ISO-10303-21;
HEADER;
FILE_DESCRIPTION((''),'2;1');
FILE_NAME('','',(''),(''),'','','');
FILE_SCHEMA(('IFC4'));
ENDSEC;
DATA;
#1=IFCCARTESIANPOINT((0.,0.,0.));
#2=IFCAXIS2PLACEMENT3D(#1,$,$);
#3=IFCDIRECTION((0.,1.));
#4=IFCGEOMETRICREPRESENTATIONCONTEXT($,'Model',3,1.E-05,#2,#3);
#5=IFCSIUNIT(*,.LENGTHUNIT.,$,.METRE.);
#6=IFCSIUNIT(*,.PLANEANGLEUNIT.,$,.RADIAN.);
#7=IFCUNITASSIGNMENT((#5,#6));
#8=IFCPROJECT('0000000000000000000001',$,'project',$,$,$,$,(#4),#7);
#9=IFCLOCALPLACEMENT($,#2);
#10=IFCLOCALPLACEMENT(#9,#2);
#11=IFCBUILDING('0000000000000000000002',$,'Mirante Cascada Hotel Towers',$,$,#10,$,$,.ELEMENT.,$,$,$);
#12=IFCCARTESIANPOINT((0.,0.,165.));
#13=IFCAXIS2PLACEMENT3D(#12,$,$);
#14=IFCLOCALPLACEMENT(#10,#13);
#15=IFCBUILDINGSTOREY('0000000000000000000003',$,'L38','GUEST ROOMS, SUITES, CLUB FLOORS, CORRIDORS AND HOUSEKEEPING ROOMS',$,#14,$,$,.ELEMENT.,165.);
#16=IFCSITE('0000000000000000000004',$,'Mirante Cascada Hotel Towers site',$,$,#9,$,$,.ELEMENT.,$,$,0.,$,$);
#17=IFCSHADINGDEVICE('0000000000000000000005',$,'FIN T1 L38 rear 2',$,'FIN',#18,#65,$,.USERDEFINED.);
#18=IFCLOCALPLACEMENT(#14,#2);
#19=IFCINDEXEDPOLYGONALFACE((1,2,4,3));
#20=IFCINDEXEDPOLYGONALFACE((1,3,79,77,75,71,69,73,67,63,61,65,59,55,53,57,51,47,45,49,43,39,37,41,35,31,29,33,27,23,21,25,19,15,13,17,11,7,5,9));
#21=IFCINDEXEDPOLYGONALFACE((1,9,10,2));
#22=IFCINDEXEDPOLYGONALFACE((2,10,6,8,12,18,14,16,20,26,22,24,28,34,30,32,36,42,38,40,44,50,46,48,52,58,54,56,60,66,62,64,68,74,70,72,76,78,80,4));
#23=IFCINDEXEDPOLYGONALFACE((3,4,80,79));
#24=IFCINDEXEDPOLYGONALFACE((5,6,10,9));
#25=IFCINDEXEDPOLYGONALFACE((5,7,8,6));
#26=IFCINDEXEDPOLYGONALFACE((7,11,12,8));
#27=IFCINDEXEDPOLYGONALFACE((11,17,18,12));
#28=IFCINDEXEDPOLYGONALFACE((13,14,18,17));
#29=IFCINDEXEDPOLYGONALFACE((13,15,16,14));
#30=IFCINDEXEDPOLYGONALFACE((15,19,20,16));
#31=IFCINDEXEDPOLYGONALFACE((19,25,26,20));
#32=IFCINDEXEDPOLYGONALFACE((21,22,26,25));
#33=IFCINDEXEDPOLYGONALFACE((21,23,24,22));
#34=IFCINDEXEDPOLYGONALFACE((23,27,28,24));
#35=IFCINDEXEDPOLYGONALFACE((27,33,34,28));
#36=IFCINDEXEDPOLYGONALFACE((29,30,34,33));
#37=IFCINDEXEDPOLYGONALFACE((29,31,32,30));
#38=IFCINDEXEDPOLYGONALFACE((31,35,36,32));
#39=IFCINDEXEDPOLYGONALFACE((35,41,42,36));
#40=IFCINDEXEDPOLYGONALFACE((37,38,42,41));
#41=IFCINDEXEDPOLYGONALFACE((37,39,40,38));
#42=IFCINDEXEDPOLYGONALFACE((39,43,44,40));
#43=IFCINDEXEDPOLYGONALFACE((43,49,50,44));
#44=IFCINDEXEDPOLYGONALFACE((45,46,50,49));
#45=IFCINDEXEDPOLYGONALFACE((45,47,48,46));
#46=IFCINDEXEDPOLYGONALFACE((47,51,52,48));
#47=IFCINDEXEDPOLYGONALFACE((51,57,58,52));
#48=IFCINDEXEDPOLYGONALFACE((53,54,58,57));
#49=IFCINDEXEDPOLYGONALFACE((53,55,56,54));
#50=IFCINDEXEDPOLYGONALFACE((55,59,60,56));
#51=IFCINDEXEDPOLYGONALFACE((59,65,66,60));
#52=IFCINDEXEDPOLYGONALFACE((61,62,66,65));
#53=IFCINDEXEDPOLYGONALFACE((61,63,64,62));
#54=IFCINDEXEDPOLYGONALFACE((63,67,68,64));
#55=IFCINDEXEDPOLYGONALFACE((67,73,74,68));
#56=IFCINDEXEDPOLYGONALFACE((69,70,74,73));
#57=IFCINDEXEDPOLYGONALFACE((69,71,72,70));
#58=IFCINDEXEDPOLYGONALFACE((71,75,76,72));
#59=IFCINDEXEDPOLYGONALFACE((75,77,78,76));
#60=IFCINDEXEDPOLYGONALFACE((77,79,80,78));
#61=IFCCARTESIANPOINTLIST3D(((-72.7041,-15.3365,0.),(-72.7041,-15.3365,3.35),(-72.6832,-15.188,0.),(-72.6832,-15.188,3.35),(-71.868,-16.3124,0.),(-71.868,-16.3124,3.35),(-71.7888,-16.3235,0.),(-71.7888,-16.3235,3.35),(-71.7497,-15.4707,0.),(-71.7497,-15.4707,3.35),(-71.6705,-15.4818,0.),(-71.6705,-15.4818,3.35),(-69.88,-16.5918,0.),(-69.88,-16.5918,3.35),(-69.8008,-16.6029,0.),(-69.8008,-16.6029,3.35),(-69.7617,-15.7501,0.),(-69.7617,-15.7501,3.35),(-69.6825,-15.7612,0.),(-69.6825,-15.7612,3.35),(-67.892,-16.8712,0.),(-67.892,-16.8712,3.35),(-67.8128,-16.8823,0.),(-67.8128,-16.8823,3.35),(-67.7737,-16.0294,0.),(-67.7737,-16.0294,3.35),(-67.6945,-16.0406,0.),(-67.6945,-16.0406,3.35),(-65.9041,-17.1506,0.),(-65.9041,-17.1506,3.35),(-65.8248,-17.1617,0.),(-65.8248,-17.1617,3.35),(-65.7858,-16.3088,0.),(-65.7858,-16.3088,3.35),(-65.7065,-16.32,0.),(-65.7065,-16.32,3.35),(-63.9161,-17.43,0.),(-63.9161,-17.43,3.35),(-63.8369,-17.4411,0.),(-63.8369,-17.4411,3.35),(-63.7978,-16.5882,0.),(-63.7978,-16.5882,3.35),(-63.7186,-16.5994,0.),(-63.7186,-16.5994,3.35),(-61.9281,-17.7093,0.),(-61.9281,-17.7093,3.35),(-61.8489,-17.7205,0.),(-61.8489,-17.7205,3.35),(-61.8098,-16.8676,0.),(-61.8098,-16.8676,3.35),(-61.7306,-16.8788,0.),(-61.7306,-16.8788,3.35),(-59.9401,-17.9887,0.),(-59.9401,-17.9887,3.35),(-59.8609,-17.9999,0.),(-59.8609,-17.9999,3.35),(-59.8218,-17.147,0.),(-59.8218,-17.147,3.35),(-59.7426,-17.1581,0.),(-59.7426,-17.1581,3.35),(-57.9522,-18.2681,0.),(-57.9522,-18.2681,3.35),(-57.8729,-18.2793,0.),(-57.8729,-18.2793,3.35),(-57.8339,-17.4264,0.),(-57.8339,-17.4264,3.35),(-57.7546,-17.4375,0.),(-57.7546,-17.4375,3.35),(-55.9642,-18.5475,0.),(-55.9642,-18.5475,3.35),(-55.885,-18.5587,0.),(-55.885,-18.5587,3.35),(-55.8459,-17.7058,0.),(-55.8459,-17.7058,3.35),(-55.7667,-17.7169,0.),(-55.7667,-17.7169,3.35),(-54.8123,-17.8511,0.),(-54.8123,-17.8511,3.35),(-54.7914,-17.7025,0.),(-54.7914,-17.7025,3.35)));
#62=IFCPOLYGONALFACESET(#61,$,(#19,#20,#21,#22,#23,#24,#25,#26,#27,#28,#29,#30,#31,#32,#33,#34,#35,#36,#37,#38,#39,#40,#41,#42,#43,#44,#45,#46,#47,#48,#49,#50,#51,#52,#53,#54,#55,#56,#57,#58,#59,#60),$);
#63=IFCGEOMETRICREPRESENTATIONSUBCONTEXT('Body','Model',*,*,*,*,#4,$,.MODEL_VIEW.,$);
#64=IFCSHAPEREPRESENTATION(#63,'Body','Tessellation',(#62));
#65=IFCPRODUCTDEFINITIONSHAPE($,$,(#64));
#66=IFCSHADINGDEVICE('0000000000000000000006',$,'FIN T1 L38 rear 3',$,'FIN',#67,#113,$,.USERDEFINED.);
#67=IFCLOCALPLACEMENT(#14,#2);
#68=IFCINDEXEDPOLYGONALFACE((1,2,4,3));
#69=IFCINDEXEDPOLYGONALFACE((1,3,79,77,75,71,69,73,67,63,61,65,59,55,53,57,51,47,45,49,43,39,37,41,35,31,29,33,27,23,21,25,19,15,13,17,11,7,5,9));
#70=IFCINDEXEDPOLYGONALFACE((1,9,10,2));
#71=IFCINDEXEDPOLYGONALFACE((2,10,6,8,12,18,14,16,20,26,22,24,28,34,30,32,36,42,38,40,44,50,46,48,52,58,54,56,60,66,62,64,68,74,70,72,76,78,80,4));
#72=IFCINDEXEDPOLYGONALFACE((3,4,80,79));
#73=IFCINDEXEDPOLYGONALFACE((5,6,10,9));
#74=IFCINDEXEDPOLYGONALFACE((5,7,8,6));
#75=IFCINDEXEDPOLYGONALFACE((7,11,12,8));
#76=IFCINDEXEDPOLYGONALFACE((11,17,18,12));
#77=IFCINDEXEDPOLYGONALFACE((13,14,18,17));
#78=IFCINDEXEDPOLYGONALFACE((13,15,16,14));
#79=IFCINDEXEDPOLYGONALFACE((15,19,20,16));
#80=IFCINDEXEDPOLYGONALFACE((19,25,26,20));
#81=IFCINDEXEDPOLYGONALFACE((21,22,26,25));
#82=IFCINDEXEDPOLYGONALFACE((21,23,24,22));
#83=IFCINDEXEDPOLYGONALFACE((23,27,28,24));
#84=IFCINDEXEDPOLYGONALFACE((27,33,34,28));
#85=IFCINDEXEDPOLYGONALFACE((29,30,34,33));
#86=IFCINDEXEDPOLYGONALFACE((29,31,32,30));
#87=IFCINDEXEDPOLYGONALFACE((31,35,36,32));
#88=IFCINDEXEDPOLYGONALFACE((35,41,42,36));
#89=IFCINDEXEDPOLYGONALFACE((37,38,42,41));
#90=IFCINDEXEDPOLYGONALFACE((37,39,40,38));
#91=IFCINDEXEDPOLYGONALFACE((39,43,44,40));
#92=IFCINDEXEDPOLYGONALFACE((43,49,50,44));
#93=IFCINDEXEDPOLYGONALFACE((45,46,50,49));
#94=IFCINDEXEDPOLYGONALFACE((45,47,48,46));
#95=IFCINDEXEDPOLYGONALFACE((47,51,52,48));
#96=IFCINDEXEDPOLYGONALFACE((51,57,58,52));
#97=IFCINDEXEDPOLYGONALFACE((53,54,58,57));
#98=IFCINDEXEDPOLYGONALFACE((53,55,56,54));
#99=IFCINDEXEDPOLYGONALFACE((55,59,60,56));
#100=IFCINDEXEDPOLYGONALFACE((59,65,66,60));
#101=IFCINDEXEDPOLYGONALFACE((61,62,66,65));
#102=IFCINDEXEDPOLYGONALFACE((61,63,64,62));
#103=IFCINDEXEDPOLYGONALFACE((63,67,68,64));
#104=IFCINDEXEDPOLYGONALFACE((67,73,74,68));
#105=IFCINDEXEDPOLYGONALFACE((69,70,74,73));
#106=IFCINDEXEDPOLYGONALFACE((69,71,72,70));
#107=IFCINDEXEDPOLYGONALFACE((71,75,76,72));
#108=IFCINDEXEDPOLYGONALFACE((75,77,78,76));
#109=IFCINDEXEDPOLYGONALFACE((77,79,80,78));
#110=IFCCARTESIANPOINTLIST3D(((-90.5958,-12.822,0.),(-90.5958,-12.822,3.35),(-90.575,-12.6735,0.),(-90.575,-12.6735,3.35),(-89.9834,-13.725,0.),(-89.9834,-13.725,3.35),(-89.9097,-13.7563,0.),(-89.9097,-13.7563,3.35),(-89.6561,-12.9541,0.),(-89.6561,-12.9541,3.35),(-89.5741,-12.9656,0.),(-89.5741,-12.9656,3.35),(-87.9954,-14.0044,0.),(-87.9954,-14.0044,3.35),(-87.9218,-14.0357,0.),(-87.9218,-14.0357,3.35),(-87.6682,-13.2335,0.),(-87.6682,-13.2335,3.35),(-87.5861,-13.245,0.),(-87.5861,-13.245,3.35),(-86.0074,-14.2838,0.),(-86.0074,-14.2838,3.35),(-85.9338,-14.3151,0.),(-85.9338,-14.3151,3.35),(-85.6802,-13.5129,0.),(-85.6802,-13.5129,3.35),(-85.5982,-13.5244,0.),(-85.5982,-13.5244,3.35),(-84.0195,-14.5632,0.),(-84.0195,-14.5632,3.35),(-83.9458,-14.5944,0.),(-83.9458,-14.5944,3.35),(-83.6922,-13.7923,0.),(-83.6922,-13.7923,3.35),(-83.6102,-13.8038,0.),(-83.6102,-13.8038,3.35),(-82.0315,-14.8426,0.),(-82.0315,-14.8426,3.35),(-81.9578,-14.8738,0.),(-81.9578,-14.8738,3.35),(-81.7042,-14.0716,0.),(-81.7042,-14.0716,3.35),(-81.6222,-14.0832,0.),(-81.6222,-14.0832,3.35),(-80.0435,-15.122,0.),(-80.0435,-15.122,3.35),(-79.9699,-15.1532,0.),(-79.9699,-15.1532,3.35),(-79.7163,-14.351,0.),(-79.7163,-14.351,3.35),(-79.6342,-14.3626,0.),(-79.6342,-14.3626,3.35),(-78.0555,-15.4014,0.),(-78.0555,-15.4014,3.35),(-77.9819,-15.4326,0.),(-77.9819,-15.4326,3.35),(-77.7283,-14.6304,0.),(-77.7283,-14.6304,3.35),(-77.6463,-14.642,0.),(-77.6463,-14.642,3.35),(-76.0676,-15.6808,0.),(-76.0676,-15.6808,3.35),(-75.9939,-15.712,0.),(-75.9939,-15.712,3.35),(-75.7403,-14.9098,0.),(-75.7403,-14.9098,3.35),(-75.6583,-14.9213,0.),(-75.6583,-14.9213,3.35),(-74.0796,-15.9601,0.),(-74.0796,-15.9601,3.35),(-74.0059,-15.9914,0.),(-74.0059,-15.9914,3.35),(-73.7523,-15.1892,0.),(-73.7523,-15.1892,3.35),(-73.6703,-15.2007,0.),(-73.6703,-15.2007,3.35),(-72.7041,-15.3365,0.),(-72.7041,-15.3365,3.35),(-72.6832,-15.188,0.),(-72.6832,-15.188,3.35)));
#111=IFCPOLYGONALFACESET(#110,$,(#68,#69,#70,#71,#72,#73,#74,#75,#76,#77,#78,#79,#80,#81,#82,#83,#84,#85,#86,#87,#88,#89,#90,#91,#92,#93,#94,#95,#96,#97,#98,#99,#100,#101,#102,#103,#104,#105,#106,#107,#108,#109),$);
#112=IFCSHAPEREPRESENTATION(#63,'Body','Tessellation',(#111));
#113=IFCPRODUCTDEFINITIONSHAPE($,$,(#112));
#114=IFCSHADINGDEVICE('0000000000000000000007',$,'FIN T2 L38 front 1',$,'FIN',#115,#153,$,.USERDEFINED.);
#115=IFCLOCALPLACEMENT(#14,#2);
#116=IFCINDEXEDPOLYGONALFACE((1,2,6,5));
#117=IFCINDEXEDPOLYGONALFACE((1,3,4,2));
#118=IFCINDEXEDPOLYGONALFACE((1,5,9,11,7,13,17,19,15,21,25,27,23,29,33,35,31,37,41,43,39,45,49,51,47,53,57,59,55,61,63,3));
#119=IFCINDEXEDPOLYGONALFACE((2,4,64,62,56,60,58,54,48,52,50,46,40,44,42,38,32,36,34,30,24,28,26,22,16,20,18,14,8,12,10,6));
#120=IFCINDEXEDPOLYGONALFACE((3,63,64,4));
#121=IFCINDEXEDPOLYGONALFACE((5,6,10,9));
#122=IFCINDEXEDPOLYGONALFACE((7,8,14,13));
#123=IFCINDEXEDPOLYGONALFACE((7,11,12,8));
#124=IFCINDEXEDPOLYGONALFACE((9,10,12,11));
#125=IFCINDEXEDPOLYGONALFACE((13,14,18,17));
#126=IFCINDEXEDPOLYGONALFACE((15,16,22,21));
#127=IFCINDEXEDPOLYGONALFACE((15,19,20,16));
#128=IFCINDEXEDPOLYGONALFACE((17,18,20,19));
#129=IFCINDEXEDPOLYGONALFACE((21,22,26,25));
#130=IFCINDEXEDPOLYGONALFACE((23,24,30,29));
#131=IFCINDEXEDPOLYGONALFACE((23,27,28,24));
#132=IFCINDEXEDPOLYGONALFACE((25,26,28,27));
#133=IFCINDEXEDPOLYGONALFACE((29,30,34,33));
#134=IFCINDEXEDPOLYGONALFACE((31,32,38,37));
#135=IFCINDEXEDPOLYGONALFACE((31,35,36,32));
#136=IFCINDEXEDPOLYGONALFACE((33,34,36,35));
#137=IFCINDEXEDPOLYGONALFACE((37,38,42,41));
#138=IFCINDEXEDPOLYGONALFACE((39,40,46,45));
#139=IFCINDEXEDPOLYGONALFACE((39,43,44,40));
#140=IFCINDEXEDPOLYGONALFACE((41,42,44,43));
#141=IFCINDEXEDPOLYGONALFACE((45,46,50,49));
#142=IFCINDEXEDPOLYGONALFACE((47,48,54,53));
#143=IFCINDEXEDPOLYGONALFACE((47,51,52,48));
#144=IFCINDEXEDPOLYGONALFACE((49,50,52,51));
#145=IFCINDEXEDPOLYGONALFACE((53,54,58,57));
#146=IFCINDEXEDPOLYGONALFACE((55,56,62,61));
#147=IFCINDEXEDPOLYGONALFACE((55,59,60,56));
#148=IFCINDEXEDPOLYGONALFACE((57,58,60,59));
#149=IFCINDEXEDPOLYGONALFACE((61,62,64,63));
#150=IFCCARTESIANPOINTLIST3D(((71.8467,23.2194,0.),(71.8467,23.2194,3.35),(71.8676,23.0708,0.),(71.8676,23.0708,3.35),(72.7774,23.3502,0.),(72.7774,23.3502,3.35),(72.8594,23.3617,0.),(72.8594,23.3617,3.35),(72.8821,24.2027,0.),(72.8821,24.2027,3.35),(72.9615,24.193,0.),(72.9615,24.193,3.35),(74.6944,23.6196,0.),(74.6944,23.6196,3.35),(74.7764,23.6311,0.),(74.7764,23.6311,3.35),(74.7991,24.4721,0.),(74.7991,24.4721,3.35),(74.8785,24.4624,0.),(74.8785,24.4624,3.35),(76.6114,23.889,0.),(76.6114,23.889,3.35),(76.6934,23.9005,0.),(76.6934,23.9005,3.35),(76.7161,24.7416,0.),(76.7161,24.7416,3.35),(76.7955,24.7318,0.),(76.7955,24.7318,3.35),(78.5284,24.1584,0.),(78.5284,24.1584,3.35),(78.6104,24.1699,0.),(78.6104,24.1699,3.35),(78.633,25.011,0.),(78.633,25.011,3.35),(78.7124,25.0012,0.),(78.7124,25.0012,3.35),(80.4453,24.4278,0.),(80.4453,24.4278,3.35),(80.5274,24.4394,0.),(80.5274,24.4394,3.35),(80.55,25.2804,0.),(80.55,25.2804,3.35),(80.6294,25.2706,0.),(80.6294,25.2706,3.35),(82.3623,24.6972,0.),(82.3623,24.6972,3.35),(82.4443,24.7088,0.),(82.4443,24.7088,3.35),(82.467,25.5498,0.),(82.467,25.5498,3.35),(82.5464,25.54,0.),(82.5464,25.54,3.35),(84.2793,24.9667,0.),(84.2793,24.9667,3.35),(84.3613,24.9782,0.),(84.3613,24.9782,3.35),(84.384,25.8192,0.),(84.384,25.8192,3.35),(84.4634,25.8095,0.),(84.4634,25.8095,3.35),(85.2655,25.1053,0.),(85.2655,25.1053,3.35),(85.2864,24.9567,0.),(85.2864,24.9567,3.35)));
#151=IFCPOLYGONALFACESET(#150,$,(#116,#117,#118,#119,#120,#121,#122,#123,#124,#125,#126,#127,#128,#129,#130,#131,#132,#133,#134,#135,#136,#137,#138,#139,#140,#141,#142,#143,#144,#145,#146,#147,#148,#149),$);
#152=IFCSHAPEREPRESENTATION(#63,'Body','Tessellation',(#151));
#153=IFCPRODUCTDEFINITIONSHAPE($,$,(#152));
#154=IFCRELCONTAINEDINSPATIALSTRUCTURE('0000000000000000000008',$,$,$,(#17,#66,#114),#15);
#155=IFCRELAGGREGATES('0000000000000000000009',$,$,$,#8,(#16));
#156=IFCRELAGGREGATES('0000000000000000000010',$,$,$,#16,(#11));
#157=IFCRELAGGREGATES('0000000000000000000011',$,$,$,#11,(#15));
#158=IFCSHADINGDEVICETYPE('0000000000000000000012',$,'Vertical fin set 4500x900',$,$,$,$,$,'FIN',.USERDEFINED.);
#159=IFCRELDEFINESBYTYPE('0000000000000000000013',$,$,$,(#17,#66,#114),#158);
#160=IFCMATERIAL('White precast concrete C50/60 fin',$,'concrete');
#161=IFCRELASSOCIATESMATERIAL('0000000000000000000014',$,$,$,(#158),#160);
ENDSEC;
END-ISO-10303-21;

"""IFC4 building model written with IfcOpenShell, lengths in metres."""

from ifc_helpers import new_model, si_unit, direction, frame, origin, place, context, subcontext, project, spatial, polyline, outline, extrude, material, type_object, element, save


model = new_model("IFC4")

# Units and contexts
model_context = context("Model", 3, precision=1e-05, world=origin(), true_north=direction((0.0, 1.0)))
body_context = subcontext(model_context, "Body", "Model", "MODEL_VIEW")
ifc_project = project(units=[si_unit("LENGTHUNIT", "METRE"), si_unit("PLANEANGLEUNIT", "RADIAN")], contexts=[model_context])

# Site, building, storey
site_placement = place(None, origin())
site = spatial("IfcSite", under=ifc_project, at=site_placement, Name="Mirante Cascada Hotel Towers site", CompositionType="ELEMENT", RefElevation=0.0)
building_placement = place(site_placement, origin())
building = spatial("IfcBuilding", under=site, at=building_placement, Name="Mirante Cascada Hotel Towers", CompositionType="ELEMENT")
storey_placement = place(building_placement, frame((0.0, 0.0, 165.0)))
storey = spatial("IfcBuildingStorey", under=building, at=storey_placement, Name="L38", Description="GUEST ROOMS, SUITES, CLUB FLOORS, CORRIDORS AND HOUSEKEEPING ROOMS", CompositionType="ELEMENT", Elevation=165.0)

# Shading devices
ifc_material_1 = material(Name="White precast concrete C50/60 fin", Category="concrete")
shading_device_type = type_object("IfcShadingDeviceType", Name="Vertical fin set 4500x900", ElementType="FIN", PredefinedType="USERDEFINED", material=ifc_material_1)
shading_device_1_placement = place(storey_placement, origin())
element("IfcShadingDevice", 1, at=shading_device_1_placement, inside=storey, type_object=shading_device_type, Name="FIN T1 L38 rear 2", ObjectType="FIN", PredefinedType="USERDEFINED", context=body_context, shape_type="SweptSolid", body=[
    extrude(outline(polyline([(-55.8459, -17.7058), (-57.7546, -17.4375), (-57.8729, -18.2793), (-57.9522, -18.2681), (-57.8339, -17.4264), (-59.7426, -17.1581), (-59.8609, -17.9999), (-59.9401, -17.9887), (-59.8218, -17.147), (-61.7306, -16.8788), (-61.8489, -17.7205), (-61.9281, -17.7093), (-61.8098, -16.8676), (-63.7186, -16.5994), (-63.8369, -17.4411), (-63.9161, -17.43), (-63.7978, -16.5882), (-65.7065, -16.32), (-65.8248, -17.1617), (-65.9041, -17.1506), (-65.7858, -16.3088), (-67.6945, -16.0406), (-67.8128, -16.8823), (-67.892, -16.8712), (-67.7737, -16.0294), (-69.6825, -15.7612), (-69.8008, -16.6029), (-69.88, -16.5918), (-69.7617, -15.7501), (-71.6705, -15.4818), (-71.7888, -16.3235), (-71.868, -16.3124), (-71.7497, -15.4707), (-72.7041, -15.3365), (-72.6832, -15.188), (-54.7914, -17.7025), (-54.8123, -17.8511), (-55.7667, -17.7169), (-55.885, -18.5587), (-55.9642, -18.5475), (-55.8459, -17.7058)])), origin(), (0.0, 0.0, 1.0), 3.35),
])
shading_device_2_placement = place(storey_placement, origin())
element("IfcShadingDevice", 2, at=shading_device_2_placement, inside=storey, type_object=shading_device_type, Name="FIN T1 L38 rear 3", ObjectType="FIN", PredefinedType="USERDEFINED", context=body_context, shape_type="SweptSolid", body=[
    extrude(outline(polyline([(-73.7523, -15.1892), (-75.6583, -14.9213), (-75.9939, -15.712), (-76.0676, -15.6808), (-75.7403, -14.9098), (-77.6463, -14.642), (-77.9819, -15.4326), (-78.0555, -15.4014), (-77.7283, -14.6304), (-79.6342, -14.3626), (-79.9699, -15.1532), (-80.0435, -15.122), (-79.7163, -14.351), (-81.6222, -14.0832), (-81.9578, -14.8738), (-82.0315, -14.8426), (-81.7042, -14.0716), (-83.6102, -13.8038), (-83.9458, -14.5944), (-84.0195, -14.5632), (-83.6922, -13.7923), (-85.5982, -13.5244), (-85.9338, -14.3151), (-86.0074, -14.2838), (-85.6802, -13.5129), (-87.5861, -13.245), (-87.9218, -14.0357), (-87.9954, -14.0044), (-87.6682, -13.2335), (-89.5741, -12.9656), (-89.9097, -13.7563), (-89.9834, -13.725), (-89.6561, -12.9541), (-90.5958, -12.822), (-90.575, -12.6735), (-72.6832, -15.188), (-72.7041, -15.3365), (-73.6703, -15.2007), (-74.0059, -15.9914), (-74.0796, -15.9601), (-73.7523, -15.1892)])), origin(), (0.0, 0.0, 1.0), 3.35),
])
shading_device_3_placement = place(storey_placement, origin())
element("IfcShadingDevice", 3, at=shading_device_3_placement, inside=storey, type_object=shading_device_type, Name="FIN T2 L38 front 1", ObjectType="FIN", PredefinedType="USERDEFINED", context=body_context, shape_type="SweptSolid", body=[
    extrude(outline(polyline([(72.9615, 24.193), (72.8594, 23.3617), (74.6944, 23.6196), (74.7991, 24.4721), (74.8785, 24.4624), (74.7764, 23.6311), (76.6114, 23.889), (76.7161, 24.7416), (76.7955, 24.7318), (76.6934, 23.9005), (78.5284, 24.1584), (78.633, 25.011), (78.7124, 25.0012), (78.6104, 24.1699), (80.4453, 24.4278), (80.55, 25.2804), (80.6294, 25.2706), (80.5274, 24.4394), (82.3623, 24.6972), (82.467, 25.5498), (82.5464, 25.54), (82.4443, 24.7088), (84.2793, 24.9667), (84.384, 25.8192), (84.4634, 25.8095), (84.3613, 24.9782), (85.2655, 25.1053), (85.2864, 24.9567), (71.8676, 23.0708), (71.8467, 23.2194), (72.7774, 23.3502), (72.8821, 24.2027), (72.9615, 24.193)])), origin(), (0.0, 0.0, 1.0), 3.35),
])

save(model, "model.ifc")
